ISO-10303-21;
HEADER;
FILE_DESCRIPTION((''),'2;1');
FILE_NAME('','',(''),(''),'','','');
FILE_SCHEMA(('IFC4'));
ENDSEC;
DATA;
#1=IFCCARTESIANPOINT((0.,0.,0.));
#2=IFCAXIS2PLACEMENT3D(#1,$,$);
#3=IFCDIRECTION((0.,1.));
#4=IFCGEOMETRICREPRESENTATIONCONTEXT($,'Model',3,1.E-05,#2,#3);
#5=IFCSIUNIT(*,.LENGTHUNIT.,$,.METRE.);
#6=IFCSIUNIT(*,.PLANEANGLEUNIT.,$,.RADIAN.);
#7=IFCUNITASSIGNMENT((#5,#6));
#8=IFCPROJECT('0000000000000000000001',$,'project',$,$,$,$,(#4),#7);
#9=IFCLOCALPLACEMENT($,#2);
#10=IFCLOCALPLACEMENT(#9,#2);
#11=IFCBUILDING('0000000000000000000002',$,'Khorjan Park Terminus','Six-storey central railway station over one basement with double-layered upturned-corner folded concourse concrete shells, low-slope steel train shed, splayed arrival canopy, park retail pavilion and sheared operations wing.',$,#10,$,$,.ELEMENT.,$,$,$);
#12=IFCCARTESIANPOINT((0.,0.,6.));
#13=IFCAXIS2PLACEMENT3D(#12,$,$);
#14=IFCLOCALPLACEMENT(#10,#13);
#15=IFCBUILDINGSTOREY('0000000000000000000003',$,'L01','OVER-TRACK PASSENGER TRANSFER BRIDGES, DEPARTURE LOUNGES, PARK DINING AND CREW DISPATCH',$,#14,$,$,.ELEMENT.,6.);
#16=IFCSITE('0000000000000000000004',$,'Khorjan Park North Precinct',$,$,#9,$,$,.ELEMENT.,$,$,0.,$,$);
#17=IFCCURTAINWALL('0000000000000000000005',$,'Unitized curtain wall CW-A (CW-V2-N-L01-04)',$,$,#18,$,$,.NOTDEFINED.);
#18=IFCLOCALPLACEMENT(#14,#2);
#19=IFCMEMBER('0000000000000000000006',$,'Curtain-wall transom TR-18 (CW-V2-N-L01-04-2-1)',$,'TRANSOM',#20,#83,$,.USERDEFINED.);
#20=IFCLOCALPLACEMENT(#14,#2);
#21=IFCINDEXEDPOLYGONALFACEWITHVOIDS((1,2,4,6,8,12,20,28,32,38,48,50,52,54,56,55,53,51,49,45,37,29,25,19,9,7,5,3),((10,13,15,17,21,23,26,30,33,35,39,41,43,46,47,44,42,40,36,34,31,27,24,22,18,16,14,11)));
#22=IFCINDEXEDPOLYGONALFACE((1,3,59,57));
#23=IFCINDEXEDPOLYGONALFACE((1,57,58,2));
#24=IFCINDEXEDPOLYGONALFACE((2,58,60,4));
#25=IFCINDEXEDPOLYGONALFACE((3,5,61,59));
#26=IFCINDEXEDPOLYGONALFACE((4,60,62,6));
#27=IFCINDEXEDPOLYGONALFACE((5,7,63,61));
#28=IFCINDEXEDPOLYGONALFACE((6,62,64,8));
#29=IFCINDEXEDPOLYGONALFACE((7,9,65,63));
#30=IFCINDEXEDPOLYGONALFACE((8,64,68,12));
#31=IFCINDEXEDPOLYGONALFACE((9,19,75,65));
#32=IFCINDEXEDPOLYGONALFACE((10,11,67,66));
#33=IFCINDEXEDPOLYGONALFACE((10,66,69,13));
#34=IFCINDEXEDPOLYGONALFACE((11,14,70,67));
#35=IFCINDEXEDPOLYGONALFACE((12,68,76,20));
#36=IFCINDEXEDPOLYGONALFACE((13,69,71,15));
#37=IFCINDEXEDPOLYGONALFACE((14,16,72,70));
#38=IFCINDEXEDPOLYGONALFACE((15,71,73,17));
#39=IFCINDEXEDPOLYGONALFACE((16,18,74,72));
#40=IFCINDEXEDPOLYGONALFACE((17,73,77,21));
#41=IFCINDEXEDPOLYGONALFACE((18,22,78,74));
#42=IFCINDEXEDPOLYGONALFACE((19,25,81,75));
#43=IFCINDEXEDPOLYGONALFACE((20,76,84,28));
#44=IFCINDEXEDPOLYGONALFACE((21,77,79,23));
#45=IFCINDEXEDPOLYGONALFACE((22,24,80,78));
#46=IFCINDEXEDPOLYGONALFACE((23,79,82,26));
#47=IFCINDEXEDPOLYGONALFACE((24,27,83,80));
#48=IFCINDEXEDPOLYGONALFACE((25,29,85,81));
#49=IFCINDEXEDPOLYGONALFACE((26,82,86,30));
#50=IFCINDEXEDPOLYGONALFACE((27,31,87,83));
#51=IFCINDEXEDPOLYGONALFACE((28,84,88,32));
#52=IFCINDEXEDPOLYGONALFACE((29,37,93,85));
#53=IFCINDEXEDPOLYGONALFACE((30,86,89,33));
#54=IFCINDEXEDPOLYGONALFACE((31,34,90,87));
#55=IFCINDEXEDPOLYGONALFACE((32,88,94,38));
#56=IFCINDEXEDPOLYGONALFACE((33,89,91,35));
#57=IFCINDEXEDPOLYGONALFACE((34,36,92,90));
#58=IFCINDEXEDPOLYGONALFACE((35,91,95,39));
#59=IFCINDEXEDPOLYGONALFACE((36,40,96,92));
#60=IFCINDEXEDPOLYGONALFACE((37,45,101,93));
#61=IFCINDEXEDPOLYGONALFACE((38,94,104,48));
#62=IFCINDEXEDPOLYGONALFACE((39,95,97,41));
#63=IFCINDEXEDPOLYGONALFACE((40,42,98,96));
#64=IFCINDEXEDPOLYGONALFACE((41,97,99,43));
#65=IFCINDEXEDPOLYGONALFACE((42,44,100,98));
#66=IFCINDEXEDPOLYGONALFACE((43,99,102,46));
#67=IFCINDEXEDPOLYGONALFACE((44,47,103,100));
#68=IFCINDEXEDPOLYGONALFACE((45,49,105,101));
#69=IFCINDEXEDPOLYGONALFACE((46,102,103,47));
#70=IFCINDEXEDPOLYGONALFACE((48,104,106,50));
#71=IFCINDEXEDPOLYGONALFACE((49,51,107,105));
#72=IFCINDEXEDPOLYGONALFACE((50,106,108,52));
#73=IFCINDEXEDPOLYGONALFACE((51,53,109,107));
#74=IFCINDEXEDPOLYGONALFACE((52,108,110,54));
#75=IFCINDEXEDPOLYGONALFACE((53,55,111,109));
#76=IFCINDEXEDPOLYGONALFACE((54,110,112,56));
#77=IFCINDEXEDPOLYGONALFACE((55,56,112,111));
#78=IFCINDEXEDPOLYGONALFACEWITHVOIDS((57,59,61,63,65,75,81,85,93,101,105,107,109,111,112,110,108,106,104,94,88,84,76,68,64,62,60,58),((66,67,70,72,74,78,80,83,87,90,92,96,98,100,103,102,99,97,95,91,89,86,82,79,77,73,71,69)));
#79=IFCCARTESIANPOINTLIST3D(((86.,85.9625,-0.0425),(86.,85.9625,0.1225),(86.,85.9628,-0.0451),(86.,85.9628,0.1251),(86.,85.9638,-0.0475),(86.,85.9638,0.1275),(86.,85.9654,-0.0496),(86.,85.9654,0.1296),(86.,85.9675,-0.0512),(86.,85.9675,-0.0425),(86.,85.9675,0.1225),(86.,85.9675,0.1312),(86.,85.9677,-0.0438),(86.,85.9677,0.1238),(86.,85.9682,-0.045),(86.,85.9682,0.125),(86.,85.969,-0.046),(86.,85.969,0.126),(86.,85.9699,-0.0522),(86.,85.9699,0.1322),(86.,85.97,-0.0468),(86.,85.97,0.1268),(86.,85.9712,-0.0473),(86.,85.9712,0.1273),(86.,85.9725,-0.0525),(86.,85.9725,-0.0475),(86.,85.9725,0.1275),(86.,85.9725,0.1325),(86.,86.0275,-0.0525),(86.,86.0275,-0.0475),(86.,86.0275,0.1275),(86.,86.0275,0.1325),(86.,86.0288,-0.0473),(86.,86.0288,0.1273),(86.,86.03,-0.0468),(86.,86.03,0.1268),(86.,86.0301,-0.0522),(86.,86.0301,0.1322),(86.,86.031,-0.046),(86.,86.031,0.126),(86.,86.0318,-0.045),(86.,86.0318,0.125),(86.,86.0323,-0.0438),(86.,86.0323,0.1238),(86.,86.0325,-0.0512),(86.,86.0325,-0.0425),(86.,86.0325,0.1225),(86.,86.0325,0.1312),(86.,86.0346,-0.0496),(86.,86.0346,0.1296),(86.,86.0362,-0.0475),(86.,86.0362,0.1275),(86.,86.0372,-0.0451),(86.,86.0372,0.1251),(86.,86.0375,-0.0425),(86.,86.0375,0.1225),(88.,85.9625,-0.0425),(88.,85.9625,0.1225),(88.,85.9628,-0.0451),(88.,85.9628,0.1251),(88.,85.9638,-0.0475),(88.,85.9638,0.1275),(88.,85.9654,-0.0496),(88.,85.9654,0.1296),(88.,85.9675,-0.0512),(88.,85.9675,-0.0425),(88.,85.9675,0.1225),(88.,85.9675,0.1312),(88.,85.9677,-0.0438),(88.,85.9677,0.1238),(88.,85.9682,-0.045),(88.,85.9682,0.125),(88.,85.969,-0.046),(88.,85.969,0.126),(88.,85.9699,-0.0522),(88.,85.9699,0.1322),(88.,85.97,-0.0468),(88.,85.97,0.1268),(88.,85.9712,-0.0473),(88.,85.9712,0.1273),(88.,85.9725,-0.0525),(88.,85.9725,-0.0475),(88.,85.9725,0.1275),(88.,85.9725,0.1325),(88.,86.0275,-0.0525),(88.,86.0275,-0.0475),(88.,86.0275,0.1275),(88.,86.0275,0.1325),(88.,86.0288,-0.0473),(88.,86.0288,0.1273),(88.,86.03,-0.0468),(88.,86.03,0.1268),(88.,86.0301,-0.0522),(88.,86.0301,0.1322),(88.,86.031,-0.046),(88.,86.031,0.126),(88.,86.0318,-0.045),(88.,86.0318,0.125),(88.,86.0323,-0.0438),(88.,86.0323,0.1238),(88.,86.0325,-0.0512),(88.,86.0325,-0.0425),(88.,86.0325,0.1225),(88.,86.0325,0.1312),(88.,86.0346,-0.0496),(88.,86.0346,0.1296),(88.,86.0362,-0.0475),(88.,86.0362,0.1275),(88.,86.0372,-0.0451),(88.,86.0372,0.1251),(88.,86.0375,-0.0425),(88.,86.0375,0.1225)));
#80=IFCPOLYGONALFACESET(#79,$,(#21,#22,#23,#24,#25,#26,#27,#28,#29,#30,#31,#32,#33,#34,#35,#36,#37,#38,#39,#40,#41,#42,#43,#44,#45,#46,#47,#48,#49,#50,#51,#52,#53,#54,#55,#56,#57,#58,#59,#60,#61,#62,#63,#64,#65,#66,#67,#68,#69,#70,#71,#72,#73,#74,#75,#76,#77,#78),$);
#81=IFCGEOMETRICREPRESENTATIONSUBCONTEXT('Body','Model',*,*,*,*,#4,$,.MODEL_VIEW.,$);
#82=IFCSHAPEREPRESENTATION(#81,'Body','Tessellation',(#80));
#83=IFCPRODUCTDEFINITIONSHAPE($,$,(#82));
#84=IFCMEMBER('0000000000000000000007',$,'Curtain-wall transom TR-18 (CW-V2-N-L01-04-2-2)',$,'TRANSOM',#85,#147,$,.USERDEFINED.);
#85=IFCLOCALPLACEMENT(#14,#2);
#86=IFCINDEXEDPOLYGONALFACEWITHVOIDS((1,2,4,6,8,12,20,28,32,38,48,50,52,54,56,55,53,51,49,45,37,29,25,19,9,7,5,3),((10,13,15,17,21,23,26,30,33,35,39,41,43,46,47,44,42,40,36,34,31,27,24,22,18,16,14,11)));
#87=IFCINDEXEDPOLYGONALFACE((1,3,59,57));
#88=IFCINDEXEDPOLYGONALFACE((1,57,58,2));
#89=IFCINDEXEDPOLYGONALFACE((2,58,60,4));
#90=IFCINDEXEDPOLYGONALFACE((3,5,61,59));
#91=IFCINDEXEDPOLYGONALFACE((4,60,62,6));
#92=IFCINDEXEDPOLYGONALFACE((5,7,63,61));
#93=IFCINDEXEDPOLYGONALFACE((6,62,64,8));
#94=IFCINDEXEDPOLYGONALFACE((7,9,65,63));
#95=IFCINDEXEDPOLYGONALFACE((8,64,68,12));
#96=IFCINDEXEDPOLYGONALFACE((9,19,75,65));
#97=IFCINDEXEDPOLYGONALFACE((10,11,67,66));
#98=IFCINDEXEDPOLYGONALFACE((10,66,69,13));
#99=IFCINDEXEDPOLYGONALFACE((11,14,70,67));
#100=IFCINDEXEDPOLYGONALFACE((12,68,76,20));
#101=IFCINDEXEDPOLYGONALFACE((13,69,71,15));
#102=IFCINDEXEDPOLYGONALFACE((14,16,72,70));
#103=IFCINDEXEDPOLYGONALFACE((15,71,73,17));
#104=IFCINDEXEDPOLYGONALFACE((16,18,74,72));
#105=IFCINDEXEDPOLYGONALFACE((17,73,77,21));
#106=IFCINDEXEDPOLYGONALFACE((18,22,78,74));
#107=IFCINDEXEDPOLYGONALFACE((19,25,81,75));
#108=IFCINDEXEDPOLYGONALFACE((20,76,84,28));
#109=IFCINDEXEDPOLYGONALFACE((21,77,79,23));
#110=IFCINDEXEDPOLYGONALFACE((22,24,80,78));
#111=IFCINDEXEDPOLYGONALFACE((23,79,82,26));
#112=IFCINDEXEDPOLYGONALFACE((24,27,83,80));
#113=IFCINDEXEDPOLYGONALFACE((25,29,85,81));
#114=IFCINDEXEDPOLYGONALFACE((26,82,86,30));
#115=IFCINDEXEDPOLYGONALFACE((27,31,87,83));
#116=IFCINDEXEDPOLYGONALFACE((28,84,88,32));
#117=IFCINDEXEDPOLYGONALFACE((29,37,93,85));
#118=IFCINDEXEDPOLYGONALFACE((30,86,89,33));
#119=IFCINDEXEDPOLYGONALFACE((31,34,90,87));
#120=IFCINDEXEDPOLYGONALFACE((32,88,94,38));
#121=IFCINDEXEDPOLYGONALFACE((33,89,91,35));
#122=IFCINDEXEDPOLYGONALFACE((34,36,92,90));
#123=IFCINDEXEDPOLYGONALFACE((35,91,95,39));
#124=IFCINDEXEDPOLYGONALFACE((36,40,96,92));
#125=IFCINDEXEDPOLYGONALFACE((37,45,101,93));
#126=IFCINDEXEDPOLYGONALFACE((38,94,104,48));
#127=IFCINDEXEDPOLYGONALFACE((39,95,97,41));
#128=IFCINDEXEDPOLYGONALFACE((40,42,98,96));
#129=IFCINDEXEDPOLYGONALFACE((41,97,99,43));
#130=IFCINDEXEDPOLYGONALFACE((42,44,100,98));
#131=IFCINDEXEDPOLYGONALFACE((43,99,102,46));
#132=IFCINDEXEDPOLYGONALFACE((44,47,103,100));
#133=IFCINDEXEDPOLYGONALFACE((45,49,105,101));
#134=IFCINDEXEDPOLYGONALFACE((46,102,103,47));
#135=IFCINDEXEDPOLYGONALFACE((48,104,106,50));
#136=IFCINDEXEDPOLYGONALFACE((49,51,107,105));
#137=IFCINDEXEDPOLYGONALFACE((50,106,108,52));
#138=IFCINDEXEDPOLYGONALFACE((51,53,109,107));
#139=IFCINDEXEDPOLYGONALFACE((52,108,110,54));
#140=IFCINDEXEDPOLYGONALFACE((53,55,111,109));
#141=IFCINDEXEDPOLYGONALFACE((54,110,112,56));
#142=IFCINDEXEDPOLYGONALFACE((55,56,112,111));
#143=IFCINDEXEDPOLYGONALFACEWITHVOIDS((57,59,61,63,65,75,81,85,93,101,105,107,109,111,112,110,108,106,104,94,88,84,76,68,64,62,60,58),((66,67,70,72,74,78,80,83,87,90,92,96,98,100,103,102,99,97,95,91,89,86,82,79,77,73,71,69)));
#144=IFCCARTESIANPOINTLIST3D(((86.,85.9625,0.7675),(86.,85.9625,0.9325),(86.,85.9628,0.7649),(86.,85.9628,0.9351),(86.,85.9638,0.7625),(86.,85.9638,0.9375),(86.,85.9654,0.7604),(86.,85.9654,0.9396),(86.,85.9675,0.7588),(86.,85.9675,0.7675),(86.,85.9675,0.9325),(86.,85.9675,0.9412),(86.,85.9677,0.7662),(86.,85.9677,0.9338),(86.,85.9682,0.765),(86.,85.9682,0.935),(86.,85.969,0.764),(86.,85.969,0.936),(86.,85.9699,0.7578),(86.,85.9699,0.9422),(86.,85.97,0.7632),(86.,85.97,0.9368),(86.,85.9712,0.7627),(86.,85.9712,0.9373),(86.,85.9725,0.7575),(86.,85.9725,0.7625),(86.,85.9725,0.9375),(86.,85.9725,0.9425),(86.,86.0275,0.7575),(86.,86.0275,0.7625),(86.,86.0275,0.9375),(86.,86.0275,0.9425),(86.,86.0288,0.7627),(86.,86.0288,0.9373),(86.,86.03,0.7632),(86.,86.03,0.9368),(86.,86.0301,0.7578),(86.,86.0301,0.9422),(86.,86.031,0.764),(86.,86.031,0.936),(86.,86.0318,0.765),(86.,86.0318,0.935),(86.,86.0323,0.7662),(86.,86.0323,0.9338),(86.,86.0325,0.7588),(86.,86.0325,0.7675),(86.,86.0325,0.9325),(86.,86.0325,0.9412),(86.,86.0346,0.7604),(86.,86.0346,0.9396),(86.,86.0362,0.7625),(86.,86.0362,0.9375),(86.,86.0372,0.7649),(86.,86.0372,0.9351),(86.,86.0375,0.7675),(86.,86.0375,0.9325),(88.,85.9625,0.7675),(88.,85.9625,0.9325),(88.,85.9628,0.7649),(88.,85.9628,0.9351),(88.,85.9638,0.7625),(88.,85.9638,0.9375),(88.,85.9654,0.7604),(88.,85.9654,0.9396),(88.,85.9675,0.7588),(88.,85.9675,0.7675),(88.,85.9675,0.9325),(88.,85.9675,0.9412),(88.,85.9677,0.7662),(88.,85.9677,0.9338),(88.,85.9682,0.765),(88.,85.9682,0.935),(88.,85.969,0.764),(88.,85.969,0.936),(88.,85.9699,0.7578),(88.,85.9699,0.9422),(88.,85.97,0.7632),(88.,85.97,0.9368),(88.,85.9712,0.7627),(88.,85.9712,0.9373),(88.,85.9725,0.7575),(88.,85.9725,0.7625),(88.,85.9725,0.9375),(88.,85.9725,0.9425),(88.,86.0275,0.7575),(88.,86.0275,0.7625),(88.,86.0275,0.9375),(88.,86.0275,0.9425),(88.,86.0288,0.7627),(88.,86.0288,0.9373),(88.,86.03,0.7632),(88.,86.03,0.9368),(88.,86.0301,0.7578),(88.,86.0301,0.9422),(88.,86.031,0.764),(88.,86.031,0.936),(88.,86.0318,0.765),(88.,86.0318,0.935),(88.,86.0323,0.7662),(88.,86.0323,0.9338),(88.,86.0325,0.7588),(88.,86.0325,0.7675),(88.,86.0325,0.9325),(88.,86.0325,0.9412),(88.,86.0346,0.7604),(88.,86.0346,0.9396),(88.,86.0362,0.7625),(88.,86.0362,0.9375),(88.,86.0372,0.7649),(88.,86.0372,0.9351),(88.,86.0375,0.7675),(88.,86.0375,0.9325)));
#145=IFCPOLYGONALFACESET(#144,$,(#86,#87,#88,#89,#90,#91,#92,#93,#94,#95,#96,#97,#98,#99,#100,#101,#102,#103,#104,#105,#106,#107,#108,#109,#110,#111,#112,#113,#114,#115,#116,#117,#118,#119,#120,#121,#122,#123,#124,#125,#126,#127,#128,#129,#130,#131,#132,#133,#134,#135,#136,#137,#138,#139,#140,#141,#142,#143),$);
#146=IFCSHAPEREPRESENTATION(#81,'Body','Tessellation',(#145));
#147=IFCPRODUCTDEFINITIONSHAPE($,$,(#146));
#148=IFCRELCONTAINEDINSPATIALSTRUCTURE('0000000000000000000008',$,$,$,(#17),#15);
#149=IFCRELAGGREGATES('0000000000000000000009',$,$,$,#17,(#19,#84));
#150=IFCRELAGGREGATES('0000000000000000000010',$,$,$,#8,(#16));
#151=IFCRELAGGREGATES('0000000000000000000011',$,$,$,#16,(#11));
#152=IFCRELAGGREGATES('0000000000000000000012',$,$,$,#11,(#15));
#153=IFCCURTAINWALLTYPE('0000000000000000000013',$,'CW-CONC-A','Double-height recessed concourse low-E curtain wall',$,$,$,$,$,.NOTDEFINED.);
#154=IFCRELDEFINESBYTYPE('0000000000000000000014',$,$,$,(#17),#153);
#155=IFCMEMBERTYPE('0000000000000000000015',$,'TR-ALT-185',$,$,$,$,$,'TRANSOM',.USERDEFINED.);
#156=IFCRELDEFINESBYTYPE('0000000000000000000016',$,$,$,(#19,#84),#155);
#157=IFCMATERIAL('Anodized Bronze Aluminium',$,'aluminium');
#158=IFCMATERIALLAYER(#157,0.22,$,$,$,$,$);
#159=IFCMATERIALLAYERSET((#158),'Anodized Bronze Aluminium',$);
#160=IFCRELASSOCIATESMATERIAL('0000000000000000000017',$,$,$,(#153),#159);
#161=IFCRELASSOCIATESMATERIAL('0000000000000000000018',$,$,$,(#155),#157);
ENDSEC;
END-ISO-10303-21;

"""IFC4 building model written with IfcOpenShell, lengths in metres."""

from ifc_helpers import new_model, si_unit, direction, frame, origin, origin_2d, place, context, subcontext, project, spatial, hollow_rectangle, extrude, material, layer, layer_set, material_profile, profile_set, type_object, element, aggregate, save


model = new_model("IFC4")

# Units and contexts
model_context = context("Model", 3, precision=1e-05, world=origin(), true_north=direction((0.0, 1.0)))
body_context = subcontext(model_context, "Body", "Model", "MODEL_VIEW")
ifc_project = project(units=[si_unit("LENGTHUNIT", "METRE"), si_unit("PLANEANGLEUNIT", "RADIAN")], contexts=[model_context])

# Site, building, storey
site_placement = place(None, origin())
site = spatial("IfcSite", under=ifc_project, at=site_placement, Name="Khorjan Park North Precinct", CompositionType="ELEMENT", RefElevation=0.0)
building_placement = place(site_placement, origin())
building = spatial("IfcBuilding", under=site, at=building_placement, Name="Khorjan Park Terminus", Description="Six-storey central railway station over one basement with double-layered upturned-corner folded concourse concrete shells, low-slope steel train shed, splayed arrival canopy, park retail pavilion and sheared operations wing.", CompositionType="ELEMENT")
storey_placement = place(building_placement, frame((0.0, 0.0, 6.0)))
storey = spatial("IfcBuildingStorey", under=building, at=storey_placement, Name="L01", Description="OVER-TRACK PASSENGER TRANSFER BRIDGES, DEPARTURE LOUNGES, PARK DINING AND CREW DISPATCH", CompositionType="ELEMENT", Elevation=6.0)

# Curtain wall
ifc_material_1 = material(Name="Anodized Bronze Aluminium", Category="aluminium")
ifc_layer_1 = layer(ifc_material_1, 0.22)
ifc_layer_set_1 = layer_set([ifc_layer_1], Name="Anodized Bronze Aluminium")
curtain_wall_type = type_object("IfcCurtainWallType", Name="CW-CONC-A", Description="Double-height recessed concourse low-E curtain wall", PredefinedType="NOTDEFINED", material=ifc_layer_set_1)
curtain_wall_placement = place(storey_placement, origin())
curtain_wall = element("IfcCurtainWall", 1, at=curtain_wall_placement, inside=storey, type_object=curtain_wall_type, Name="Unitized curtain wall CW-A (CW-V2-N-L01-04)", PredefinedType="NOTDEFINED")

# Members
ifc_material_profile_1 = material_profile(ifc_material_1, hollow_rectangle(XDim=0.075, YDim=0.185, WallThickness=0.005, InnerFilletRadius=0.005, OuterFilletRadius=0.01, at=origin_2d()), Name="ALT 75x185x5")
ifc_profile_set_1 = profile_set([ifc_material_profile_1], Name="Anodized Bronze Aluminium")
member_type_1 = type_object("IfcMemberType", Name="TR-ALT-185", ElementType="TRANSOM", PredefinedType="USERDEFINED", material=ifc_profile_set_1)
member_1_placement = place(storey_placement, frame((88.0, 86.0, 0.04), z_axis=(-1.0, 0.0, 0.0), x_axis=(0.0, -1.0, 0.0)))
member_1 = element("IfcMember", 2, at=member_1_placement, type_object=member_type_1, Name="Curtain-wall transom TR-18 (CW-V2-N-L01-04-2-1)", ObjectType="TRANSOM", PredefinedType="USERDEFINED", context=body_context, shape_type="SweptSolid", body=[
    extrude(hollow_rectangle(XDim=0.075, YDim=0.185, WallThickness=0.005, InnerFilletRadius=0.005, OuterFilletRadius=0.01, at=origin_2d()), origin(), (0.0, 0.0, 1.0), 2.0),
])
member_2_placement = place(storey_placement, frame((88.0, 86.0, 0.85), z_axis=(-1.0, 0.0, 0.0), x_axis=(0.0, -1.0, 0.0)))
member_2 = element("IfcMember", 3, at=member_2_placement, type_object=member_type_1, Name="Curtain-wall transom TR-18 (CW-V2-N-L01-04-2-2)", ObjectType="TRANSOM", PredefinedType="USERDEFINED", context=body_context, shape_type="SweptSolid", body=[
    extrude(hollow_rectangle(XDim=0.075, YDim=0.185, WallThickness=0.005, InnerFilletRadius=0.005, OuterFilletRadius=0.01, at=origin_2d()), origin(), (0.0, 0.0, 1.0), 2.0),
])

aggregate(curtain_wall, [member_1, member_2])

save(model, "model.ifc")
